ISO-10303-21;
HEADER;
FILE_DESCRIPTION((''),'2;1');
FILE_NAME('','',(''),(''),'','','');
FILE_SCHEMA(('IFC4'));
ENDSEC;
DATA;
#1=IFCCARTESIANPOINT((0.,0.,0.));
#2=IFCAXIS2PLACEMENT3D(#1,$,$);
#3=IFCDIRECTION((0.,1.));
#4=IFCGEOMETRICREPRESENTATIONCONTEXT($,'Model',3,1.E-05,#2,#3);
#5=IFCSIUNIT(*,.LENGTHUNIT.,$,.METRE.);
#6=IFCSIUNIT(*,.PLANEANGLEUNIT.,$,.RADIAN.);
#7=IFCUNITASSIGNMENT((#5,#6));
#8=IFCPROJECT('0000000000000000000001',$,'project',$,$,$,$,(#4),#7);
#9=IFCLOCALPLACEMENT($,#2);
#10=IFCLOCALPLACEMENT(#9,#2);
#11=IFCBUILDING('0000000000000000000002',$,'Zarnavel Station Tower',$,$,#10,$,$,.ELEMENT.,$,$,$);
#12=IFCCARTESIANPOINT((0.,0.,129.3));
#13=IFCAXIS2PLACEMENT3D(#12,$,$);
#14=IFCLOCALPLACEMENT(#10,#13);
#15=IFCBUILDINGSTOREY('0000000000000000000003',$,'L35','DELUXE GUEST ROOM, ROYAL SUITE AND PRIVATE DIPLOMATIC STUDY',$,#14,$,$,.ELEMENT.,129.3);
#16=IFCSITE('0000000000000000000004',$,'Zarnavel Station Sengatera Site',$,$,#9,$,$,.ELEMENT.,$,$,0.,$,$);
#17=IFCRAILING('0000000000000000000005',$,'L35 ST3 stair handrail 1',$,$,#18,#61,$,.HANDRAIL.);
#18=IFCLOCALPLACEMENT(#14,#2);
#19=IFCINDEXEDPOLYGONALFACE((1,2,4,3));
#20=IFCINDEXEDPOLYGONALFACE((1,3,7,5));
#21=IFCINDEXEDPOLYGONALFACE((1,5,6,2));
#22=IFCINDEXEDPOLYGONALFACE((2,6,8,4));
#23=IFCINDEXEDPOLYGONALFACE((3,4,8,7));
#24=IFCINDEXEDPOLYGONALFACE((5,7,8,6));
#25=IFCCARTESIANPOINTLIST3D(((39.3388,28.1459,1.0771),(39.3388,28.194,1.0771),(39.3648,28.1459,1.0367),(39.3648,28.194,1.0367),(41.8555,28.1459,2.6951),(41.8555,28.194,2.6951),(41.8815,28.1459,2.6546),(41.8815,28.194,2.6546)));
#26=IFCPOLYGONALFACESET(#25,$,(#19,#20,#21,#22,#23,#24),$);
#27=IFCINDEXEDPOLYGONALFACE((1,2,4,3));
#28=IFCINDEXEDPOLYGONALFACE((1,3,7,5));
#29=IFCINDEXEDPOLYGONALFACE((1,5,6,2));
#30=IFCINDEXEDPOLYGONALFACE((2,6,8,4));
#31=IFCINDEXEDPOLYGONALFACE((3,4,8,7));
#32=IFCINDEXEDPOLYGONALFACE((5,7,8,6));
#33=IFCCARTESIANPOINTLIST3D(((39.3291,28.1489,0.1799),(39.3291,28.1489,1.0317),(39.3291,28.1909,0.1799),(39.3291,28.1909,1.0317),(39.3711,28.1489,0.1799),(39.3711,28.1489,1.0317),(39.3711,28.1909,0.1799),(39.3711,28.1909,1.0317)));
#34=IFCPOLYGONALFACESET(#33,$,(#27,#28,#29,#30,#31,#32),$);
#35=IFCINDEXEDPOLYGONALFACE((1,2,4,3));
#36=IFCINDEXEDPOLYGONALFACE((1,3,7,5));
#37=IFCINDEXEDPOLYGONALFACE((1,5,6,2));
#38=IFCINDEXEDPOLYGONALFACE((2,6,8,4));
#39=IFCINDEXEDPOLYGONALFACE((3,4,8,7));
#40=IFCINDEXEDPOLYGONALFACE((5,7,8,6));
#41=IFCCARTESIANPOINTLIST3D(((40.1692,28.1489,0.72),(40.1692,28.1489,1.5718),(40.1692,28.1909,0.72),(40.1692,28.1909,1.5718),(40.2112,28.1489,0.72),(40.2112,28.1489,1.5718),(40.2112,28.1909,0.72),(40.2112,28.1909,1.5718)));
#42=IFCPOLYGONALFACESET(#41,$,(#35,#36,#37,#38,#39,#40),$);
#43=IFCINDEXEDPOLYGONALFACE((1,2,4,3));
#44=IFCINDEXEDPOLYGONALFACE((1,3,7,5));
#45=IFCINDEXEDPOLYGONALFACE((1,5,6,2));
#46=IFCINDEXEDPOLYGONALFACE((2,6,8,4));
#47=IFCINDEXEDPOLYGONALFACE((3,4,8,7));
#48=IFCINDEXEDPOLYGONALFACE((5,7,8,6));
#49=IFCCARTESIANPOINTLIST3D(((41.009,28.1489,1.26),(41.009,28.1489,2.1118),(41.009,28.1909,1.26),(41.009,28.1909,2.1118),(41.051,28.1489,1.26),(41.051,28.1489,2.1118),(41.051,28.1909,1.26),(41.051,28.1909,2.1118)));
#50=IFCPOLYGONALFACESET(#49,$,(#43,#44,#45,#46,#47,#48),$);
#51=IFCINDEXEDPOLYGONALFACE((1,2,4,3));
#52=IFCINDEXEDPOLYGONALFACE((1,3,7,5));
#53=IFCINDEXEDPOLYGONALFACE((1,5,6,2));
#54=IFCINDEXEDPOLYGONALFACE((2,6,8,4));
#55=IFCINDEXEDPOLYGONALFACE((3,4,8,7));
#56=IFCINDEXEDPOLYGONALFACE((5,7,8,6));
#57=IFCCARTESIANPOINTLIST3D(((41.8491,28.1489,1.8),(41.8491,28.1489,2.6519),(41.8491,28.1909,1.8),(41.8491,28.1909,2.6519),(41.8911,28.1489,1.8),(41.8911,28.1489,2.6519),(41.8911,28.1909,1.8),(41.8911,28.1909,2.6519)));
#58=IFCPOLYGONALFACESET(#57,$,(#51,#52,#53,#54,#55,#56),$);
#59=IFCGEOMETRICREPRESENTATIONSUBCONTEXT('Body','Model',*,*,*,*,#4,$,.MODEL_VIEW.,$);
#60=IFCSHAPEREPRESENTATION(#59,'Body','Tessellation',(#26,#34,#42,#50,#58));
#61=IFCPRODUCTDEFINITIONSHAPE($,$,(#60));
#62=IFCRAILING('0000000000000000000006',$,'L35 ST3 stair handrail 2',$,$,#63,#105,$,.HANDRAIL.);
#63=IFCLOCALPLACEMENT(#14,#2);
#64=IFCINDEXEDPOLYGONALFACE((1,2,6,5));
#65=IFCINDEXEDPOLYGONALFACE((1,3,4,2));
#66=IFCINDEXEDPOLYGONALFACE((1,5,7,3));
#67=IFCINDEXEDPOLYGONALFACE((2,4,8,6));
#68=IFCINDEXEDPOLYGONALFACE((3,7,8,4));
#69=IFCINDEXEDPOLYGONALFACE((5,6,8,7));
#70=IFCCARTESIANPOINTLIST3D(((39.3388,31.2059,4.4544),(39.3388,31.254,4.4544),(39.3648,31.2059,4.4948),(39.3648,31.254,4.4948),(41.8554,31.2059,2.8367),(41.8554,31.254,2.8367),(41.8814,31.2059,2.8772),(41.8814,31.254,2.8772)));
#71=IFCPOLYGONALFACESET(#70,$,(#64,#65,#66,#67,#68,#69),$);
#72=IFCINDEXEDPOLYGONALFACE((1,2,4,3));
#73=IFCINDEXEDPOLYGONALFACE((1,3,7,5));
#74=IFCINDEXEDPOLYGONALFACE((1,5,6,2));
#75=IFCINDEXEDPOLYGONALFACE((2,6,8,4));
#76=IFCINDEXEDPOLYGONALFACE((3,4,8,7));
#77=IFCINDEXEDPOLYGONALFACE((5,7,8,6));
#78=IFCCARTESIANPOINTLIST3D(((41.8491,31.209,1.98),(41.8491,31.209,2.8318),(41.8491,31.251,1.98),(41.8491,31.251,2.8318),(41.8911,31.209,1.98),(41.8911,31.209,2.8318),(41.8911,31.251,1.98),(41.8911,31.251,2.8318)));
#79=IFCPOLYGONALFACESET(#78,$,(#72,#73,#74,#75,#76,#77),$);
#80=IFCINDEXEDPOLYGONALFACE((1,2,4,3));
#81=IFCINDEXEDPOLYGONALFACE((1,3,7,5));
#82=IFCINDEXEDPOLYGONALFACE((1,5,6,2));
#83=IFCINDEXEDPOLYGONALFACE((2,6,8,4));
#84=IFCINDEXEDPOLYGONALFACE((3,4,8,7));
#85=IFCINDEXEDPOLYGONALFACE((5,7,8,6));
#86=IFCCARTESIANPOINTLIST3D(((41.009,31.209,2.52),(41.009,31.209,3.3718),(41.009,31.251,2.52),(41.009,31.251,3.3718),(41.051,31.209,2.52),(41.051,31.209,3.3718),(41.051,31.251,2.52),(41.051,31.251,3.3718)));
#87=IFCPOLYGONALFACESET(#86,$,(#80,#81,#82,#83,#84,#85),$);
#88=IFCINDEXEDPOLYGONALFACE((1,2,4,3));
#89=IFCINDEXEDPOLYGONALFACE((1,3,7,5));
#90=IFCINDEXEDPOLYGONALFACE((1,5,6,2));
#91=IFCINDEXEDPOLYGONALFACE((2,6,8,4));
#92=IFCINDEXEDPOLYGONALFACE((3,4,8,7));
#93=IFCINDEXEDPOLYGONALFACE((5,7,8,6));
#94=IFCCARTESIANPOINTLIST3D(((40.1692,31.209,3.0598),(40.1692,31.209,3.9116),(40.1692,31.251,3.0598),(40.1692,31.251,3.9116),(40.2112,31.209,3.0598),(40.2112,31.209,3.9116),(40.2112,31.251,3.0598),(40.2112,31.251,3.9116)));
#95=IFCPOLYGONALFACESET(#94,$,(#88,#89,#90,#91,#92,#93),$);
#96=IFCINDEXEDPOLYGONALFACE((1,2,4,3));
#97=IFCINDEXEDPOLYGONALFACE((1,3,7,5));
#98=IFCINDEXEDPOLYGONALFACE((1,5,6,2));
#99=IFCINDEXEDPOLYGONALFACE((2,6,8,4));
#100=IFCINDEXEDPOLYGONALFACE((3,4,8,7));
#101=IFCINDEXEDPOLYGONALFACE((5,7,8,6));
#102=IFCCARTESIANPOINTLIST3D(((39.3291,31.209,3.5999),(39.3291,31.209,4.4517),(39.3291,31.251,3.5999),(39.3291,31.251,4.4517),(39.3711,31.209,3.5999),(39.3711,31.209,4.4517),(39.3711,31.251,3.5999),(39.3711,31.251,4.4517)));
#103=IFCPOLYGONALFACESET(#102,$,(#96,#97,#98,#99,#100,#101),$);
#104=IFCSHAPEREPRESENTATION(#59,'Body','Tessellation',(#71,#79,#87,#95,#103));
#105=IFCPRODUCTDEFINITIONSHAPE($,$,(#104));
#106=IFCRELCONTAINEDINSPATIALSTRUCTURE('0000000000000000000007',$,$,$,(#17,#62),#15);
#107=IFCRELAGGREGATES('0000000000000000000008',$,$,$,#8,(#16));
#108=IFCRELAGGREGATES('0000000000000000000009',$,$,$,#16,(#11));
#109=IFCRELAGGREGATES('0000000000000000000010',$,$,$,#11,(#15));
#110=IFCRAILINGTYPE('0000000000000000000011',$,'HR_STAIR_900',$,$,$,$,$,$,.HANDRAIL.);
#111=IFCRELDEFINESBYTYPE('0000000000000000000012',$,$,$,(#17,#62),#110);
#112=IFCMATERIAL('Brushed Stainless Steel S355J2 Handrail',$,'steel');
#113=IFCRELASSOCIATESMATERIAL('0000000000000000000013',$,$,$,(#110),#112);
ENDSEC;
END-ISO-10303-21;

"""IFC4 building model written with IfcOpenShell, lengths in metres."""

from ifc_helpers import new_model, si_unit, direction, frame, origin, origin_2d, place, context, subcontext, project, spatial, rectangle, extrude, material, type_object, element, save


model = new_model("IFC4")

# Units and contexts
model_context = context("Model", 3, precision=1e-05, world=origin(), true_north=direction((0.0, 1.0)))
body_context = subcontext(model_context, "Body", "Model", "MODEL_VIEW")
ifc_project = project(units=[si_unit("LENGTHUNIT", "METRE"), si_unit("PLANEANGLEUNIT", "RADIAN")], contexts=[model_context])

# Site, building, storey
site_placement = place(None, origin())
site = spatial("IfcSite", under=ifc_project, at=site_placement, Name="Zarnavel Station Sengatera Site", CompositionType="ELEMENT", RefElevation=0.0)
building_placement = place(site_placement, origin())
building = spatial("IfcBuilding", under=site, at=building_placement, Name="Zarnavel Station Tower", CompositionType="ELEMENT")
storey_placement = place(building_placement, frame((0.0, 0.0, 129.3)))
storey = spatial("IfcBuildingStorey", under=building, at=storey_placement, Name="L35", Description="DELUXE GUEST ROOM, ROYAL SUITE AND PRIVATE DIPLOMATIC STUDY", CompositionType="ELEMENT", Elevation=129.3)

# Railings
ifc_material_1 = material(Name="Brushed Stainless Steel S355J2 Handrail", Category="steel")
railing_type_1 = type_object("IfcRailingType", Name="HR_STAIR_900", PredefinedType="HANDRAIL", material=ifc_material_1)
railing_1_placement = place(storey_placement, frame((39.3501, 28.1699, 0.1799)))
element("IfcRailing", 1, at=railing_1_placement, inside=storey, type_object=railing_type_1, Name="L35 ST3 stair handrail 1", PredefinedType="HANDRAIL", context=body_context, shape_type="SweptSolid", body=[
    extrude(rectangle(XDim=0.0481, YDim=0.0481, at=origin_2d()), frame((0.0017, 0.0, 0.877), z_axis=(0.841163, 0.0, 0.540782), x_axis=(0.0, 1.0, 0.0)), (0.0, 0.0, 1.0), 2.9919),
    extrude(rectangle(XDim=0.042, YDim=0.042, at=origin_2d()), origin(), (0.0, 0.0, 1.0), 0.8518),
    extrude(rectangle(XDim=0.042, YDim=0.042, at=origin_2d()), frame((0.8401, 0.0, 0.54)), (0.0, 0.0, 1.0), 0.8518),
    extrude(rectangle(XDim=0.042, YDim=0.042, at=origin_2d()), frame((1.6799, 0.0, 1.0801)), (0.0, 0.0, 1.0), 0.8518),
    extrude(rectangle(XDim=0.042, YDim=0.042, at=origin_2d()), frame((2.52, 0.0, 1.6201)), (0.0, 0.0, 1.0), 0.8518),
])
railing_2_placement = place(storey_placement, frame((41.8701, 31.23, 1.98)))
element("IfcRailing", 2, at=railing_2_placement, inside=storey, type_object=railing_type_1, Name="L35 ST3 stair handrail 2", PredefinedType="HANDRAIL", context=body_context, shape_type="SweptSolid", body=[
    extrude(rectangle(XDim=0.0481, YDim=0.0481, at=origin_2d()), frame((-0.0017, 0.0, 0.877), z_axis=(-0.8412, 0.0, 0.540725), x_axis=(0.0, -1.0, 0.0)), (0.0, 0.0, 1.0), 2.9917),
    extrude(rectangle(XDim=0.042, YDim=0.042, at=origin_2d()), origin(), (0.0, 0.0, 1.0), 0.8518),
    extrude(rectangle(XDim=0.042, YDim=0.042, at=origin_2d()), frame((-0.8401, 0.0, 0.54)), (0.0, 0.0, 1.0), 0.8518),
    extrude(rectangle(XDim=0.042, YDim=0.042, at=origin_2d()), frame((-1.6799, 0.0, 1.0798)), (0.0, 0.0, 1.0), 0.8518),
    extrude(rectangle(XDim=0.042, YDim=0.042, at=origin_2d()), frame((-2.52, 0.0, 1.6199)), (0.0, 0.0, 1.0), 0.8518),
])

save(model, "model.ifc")
